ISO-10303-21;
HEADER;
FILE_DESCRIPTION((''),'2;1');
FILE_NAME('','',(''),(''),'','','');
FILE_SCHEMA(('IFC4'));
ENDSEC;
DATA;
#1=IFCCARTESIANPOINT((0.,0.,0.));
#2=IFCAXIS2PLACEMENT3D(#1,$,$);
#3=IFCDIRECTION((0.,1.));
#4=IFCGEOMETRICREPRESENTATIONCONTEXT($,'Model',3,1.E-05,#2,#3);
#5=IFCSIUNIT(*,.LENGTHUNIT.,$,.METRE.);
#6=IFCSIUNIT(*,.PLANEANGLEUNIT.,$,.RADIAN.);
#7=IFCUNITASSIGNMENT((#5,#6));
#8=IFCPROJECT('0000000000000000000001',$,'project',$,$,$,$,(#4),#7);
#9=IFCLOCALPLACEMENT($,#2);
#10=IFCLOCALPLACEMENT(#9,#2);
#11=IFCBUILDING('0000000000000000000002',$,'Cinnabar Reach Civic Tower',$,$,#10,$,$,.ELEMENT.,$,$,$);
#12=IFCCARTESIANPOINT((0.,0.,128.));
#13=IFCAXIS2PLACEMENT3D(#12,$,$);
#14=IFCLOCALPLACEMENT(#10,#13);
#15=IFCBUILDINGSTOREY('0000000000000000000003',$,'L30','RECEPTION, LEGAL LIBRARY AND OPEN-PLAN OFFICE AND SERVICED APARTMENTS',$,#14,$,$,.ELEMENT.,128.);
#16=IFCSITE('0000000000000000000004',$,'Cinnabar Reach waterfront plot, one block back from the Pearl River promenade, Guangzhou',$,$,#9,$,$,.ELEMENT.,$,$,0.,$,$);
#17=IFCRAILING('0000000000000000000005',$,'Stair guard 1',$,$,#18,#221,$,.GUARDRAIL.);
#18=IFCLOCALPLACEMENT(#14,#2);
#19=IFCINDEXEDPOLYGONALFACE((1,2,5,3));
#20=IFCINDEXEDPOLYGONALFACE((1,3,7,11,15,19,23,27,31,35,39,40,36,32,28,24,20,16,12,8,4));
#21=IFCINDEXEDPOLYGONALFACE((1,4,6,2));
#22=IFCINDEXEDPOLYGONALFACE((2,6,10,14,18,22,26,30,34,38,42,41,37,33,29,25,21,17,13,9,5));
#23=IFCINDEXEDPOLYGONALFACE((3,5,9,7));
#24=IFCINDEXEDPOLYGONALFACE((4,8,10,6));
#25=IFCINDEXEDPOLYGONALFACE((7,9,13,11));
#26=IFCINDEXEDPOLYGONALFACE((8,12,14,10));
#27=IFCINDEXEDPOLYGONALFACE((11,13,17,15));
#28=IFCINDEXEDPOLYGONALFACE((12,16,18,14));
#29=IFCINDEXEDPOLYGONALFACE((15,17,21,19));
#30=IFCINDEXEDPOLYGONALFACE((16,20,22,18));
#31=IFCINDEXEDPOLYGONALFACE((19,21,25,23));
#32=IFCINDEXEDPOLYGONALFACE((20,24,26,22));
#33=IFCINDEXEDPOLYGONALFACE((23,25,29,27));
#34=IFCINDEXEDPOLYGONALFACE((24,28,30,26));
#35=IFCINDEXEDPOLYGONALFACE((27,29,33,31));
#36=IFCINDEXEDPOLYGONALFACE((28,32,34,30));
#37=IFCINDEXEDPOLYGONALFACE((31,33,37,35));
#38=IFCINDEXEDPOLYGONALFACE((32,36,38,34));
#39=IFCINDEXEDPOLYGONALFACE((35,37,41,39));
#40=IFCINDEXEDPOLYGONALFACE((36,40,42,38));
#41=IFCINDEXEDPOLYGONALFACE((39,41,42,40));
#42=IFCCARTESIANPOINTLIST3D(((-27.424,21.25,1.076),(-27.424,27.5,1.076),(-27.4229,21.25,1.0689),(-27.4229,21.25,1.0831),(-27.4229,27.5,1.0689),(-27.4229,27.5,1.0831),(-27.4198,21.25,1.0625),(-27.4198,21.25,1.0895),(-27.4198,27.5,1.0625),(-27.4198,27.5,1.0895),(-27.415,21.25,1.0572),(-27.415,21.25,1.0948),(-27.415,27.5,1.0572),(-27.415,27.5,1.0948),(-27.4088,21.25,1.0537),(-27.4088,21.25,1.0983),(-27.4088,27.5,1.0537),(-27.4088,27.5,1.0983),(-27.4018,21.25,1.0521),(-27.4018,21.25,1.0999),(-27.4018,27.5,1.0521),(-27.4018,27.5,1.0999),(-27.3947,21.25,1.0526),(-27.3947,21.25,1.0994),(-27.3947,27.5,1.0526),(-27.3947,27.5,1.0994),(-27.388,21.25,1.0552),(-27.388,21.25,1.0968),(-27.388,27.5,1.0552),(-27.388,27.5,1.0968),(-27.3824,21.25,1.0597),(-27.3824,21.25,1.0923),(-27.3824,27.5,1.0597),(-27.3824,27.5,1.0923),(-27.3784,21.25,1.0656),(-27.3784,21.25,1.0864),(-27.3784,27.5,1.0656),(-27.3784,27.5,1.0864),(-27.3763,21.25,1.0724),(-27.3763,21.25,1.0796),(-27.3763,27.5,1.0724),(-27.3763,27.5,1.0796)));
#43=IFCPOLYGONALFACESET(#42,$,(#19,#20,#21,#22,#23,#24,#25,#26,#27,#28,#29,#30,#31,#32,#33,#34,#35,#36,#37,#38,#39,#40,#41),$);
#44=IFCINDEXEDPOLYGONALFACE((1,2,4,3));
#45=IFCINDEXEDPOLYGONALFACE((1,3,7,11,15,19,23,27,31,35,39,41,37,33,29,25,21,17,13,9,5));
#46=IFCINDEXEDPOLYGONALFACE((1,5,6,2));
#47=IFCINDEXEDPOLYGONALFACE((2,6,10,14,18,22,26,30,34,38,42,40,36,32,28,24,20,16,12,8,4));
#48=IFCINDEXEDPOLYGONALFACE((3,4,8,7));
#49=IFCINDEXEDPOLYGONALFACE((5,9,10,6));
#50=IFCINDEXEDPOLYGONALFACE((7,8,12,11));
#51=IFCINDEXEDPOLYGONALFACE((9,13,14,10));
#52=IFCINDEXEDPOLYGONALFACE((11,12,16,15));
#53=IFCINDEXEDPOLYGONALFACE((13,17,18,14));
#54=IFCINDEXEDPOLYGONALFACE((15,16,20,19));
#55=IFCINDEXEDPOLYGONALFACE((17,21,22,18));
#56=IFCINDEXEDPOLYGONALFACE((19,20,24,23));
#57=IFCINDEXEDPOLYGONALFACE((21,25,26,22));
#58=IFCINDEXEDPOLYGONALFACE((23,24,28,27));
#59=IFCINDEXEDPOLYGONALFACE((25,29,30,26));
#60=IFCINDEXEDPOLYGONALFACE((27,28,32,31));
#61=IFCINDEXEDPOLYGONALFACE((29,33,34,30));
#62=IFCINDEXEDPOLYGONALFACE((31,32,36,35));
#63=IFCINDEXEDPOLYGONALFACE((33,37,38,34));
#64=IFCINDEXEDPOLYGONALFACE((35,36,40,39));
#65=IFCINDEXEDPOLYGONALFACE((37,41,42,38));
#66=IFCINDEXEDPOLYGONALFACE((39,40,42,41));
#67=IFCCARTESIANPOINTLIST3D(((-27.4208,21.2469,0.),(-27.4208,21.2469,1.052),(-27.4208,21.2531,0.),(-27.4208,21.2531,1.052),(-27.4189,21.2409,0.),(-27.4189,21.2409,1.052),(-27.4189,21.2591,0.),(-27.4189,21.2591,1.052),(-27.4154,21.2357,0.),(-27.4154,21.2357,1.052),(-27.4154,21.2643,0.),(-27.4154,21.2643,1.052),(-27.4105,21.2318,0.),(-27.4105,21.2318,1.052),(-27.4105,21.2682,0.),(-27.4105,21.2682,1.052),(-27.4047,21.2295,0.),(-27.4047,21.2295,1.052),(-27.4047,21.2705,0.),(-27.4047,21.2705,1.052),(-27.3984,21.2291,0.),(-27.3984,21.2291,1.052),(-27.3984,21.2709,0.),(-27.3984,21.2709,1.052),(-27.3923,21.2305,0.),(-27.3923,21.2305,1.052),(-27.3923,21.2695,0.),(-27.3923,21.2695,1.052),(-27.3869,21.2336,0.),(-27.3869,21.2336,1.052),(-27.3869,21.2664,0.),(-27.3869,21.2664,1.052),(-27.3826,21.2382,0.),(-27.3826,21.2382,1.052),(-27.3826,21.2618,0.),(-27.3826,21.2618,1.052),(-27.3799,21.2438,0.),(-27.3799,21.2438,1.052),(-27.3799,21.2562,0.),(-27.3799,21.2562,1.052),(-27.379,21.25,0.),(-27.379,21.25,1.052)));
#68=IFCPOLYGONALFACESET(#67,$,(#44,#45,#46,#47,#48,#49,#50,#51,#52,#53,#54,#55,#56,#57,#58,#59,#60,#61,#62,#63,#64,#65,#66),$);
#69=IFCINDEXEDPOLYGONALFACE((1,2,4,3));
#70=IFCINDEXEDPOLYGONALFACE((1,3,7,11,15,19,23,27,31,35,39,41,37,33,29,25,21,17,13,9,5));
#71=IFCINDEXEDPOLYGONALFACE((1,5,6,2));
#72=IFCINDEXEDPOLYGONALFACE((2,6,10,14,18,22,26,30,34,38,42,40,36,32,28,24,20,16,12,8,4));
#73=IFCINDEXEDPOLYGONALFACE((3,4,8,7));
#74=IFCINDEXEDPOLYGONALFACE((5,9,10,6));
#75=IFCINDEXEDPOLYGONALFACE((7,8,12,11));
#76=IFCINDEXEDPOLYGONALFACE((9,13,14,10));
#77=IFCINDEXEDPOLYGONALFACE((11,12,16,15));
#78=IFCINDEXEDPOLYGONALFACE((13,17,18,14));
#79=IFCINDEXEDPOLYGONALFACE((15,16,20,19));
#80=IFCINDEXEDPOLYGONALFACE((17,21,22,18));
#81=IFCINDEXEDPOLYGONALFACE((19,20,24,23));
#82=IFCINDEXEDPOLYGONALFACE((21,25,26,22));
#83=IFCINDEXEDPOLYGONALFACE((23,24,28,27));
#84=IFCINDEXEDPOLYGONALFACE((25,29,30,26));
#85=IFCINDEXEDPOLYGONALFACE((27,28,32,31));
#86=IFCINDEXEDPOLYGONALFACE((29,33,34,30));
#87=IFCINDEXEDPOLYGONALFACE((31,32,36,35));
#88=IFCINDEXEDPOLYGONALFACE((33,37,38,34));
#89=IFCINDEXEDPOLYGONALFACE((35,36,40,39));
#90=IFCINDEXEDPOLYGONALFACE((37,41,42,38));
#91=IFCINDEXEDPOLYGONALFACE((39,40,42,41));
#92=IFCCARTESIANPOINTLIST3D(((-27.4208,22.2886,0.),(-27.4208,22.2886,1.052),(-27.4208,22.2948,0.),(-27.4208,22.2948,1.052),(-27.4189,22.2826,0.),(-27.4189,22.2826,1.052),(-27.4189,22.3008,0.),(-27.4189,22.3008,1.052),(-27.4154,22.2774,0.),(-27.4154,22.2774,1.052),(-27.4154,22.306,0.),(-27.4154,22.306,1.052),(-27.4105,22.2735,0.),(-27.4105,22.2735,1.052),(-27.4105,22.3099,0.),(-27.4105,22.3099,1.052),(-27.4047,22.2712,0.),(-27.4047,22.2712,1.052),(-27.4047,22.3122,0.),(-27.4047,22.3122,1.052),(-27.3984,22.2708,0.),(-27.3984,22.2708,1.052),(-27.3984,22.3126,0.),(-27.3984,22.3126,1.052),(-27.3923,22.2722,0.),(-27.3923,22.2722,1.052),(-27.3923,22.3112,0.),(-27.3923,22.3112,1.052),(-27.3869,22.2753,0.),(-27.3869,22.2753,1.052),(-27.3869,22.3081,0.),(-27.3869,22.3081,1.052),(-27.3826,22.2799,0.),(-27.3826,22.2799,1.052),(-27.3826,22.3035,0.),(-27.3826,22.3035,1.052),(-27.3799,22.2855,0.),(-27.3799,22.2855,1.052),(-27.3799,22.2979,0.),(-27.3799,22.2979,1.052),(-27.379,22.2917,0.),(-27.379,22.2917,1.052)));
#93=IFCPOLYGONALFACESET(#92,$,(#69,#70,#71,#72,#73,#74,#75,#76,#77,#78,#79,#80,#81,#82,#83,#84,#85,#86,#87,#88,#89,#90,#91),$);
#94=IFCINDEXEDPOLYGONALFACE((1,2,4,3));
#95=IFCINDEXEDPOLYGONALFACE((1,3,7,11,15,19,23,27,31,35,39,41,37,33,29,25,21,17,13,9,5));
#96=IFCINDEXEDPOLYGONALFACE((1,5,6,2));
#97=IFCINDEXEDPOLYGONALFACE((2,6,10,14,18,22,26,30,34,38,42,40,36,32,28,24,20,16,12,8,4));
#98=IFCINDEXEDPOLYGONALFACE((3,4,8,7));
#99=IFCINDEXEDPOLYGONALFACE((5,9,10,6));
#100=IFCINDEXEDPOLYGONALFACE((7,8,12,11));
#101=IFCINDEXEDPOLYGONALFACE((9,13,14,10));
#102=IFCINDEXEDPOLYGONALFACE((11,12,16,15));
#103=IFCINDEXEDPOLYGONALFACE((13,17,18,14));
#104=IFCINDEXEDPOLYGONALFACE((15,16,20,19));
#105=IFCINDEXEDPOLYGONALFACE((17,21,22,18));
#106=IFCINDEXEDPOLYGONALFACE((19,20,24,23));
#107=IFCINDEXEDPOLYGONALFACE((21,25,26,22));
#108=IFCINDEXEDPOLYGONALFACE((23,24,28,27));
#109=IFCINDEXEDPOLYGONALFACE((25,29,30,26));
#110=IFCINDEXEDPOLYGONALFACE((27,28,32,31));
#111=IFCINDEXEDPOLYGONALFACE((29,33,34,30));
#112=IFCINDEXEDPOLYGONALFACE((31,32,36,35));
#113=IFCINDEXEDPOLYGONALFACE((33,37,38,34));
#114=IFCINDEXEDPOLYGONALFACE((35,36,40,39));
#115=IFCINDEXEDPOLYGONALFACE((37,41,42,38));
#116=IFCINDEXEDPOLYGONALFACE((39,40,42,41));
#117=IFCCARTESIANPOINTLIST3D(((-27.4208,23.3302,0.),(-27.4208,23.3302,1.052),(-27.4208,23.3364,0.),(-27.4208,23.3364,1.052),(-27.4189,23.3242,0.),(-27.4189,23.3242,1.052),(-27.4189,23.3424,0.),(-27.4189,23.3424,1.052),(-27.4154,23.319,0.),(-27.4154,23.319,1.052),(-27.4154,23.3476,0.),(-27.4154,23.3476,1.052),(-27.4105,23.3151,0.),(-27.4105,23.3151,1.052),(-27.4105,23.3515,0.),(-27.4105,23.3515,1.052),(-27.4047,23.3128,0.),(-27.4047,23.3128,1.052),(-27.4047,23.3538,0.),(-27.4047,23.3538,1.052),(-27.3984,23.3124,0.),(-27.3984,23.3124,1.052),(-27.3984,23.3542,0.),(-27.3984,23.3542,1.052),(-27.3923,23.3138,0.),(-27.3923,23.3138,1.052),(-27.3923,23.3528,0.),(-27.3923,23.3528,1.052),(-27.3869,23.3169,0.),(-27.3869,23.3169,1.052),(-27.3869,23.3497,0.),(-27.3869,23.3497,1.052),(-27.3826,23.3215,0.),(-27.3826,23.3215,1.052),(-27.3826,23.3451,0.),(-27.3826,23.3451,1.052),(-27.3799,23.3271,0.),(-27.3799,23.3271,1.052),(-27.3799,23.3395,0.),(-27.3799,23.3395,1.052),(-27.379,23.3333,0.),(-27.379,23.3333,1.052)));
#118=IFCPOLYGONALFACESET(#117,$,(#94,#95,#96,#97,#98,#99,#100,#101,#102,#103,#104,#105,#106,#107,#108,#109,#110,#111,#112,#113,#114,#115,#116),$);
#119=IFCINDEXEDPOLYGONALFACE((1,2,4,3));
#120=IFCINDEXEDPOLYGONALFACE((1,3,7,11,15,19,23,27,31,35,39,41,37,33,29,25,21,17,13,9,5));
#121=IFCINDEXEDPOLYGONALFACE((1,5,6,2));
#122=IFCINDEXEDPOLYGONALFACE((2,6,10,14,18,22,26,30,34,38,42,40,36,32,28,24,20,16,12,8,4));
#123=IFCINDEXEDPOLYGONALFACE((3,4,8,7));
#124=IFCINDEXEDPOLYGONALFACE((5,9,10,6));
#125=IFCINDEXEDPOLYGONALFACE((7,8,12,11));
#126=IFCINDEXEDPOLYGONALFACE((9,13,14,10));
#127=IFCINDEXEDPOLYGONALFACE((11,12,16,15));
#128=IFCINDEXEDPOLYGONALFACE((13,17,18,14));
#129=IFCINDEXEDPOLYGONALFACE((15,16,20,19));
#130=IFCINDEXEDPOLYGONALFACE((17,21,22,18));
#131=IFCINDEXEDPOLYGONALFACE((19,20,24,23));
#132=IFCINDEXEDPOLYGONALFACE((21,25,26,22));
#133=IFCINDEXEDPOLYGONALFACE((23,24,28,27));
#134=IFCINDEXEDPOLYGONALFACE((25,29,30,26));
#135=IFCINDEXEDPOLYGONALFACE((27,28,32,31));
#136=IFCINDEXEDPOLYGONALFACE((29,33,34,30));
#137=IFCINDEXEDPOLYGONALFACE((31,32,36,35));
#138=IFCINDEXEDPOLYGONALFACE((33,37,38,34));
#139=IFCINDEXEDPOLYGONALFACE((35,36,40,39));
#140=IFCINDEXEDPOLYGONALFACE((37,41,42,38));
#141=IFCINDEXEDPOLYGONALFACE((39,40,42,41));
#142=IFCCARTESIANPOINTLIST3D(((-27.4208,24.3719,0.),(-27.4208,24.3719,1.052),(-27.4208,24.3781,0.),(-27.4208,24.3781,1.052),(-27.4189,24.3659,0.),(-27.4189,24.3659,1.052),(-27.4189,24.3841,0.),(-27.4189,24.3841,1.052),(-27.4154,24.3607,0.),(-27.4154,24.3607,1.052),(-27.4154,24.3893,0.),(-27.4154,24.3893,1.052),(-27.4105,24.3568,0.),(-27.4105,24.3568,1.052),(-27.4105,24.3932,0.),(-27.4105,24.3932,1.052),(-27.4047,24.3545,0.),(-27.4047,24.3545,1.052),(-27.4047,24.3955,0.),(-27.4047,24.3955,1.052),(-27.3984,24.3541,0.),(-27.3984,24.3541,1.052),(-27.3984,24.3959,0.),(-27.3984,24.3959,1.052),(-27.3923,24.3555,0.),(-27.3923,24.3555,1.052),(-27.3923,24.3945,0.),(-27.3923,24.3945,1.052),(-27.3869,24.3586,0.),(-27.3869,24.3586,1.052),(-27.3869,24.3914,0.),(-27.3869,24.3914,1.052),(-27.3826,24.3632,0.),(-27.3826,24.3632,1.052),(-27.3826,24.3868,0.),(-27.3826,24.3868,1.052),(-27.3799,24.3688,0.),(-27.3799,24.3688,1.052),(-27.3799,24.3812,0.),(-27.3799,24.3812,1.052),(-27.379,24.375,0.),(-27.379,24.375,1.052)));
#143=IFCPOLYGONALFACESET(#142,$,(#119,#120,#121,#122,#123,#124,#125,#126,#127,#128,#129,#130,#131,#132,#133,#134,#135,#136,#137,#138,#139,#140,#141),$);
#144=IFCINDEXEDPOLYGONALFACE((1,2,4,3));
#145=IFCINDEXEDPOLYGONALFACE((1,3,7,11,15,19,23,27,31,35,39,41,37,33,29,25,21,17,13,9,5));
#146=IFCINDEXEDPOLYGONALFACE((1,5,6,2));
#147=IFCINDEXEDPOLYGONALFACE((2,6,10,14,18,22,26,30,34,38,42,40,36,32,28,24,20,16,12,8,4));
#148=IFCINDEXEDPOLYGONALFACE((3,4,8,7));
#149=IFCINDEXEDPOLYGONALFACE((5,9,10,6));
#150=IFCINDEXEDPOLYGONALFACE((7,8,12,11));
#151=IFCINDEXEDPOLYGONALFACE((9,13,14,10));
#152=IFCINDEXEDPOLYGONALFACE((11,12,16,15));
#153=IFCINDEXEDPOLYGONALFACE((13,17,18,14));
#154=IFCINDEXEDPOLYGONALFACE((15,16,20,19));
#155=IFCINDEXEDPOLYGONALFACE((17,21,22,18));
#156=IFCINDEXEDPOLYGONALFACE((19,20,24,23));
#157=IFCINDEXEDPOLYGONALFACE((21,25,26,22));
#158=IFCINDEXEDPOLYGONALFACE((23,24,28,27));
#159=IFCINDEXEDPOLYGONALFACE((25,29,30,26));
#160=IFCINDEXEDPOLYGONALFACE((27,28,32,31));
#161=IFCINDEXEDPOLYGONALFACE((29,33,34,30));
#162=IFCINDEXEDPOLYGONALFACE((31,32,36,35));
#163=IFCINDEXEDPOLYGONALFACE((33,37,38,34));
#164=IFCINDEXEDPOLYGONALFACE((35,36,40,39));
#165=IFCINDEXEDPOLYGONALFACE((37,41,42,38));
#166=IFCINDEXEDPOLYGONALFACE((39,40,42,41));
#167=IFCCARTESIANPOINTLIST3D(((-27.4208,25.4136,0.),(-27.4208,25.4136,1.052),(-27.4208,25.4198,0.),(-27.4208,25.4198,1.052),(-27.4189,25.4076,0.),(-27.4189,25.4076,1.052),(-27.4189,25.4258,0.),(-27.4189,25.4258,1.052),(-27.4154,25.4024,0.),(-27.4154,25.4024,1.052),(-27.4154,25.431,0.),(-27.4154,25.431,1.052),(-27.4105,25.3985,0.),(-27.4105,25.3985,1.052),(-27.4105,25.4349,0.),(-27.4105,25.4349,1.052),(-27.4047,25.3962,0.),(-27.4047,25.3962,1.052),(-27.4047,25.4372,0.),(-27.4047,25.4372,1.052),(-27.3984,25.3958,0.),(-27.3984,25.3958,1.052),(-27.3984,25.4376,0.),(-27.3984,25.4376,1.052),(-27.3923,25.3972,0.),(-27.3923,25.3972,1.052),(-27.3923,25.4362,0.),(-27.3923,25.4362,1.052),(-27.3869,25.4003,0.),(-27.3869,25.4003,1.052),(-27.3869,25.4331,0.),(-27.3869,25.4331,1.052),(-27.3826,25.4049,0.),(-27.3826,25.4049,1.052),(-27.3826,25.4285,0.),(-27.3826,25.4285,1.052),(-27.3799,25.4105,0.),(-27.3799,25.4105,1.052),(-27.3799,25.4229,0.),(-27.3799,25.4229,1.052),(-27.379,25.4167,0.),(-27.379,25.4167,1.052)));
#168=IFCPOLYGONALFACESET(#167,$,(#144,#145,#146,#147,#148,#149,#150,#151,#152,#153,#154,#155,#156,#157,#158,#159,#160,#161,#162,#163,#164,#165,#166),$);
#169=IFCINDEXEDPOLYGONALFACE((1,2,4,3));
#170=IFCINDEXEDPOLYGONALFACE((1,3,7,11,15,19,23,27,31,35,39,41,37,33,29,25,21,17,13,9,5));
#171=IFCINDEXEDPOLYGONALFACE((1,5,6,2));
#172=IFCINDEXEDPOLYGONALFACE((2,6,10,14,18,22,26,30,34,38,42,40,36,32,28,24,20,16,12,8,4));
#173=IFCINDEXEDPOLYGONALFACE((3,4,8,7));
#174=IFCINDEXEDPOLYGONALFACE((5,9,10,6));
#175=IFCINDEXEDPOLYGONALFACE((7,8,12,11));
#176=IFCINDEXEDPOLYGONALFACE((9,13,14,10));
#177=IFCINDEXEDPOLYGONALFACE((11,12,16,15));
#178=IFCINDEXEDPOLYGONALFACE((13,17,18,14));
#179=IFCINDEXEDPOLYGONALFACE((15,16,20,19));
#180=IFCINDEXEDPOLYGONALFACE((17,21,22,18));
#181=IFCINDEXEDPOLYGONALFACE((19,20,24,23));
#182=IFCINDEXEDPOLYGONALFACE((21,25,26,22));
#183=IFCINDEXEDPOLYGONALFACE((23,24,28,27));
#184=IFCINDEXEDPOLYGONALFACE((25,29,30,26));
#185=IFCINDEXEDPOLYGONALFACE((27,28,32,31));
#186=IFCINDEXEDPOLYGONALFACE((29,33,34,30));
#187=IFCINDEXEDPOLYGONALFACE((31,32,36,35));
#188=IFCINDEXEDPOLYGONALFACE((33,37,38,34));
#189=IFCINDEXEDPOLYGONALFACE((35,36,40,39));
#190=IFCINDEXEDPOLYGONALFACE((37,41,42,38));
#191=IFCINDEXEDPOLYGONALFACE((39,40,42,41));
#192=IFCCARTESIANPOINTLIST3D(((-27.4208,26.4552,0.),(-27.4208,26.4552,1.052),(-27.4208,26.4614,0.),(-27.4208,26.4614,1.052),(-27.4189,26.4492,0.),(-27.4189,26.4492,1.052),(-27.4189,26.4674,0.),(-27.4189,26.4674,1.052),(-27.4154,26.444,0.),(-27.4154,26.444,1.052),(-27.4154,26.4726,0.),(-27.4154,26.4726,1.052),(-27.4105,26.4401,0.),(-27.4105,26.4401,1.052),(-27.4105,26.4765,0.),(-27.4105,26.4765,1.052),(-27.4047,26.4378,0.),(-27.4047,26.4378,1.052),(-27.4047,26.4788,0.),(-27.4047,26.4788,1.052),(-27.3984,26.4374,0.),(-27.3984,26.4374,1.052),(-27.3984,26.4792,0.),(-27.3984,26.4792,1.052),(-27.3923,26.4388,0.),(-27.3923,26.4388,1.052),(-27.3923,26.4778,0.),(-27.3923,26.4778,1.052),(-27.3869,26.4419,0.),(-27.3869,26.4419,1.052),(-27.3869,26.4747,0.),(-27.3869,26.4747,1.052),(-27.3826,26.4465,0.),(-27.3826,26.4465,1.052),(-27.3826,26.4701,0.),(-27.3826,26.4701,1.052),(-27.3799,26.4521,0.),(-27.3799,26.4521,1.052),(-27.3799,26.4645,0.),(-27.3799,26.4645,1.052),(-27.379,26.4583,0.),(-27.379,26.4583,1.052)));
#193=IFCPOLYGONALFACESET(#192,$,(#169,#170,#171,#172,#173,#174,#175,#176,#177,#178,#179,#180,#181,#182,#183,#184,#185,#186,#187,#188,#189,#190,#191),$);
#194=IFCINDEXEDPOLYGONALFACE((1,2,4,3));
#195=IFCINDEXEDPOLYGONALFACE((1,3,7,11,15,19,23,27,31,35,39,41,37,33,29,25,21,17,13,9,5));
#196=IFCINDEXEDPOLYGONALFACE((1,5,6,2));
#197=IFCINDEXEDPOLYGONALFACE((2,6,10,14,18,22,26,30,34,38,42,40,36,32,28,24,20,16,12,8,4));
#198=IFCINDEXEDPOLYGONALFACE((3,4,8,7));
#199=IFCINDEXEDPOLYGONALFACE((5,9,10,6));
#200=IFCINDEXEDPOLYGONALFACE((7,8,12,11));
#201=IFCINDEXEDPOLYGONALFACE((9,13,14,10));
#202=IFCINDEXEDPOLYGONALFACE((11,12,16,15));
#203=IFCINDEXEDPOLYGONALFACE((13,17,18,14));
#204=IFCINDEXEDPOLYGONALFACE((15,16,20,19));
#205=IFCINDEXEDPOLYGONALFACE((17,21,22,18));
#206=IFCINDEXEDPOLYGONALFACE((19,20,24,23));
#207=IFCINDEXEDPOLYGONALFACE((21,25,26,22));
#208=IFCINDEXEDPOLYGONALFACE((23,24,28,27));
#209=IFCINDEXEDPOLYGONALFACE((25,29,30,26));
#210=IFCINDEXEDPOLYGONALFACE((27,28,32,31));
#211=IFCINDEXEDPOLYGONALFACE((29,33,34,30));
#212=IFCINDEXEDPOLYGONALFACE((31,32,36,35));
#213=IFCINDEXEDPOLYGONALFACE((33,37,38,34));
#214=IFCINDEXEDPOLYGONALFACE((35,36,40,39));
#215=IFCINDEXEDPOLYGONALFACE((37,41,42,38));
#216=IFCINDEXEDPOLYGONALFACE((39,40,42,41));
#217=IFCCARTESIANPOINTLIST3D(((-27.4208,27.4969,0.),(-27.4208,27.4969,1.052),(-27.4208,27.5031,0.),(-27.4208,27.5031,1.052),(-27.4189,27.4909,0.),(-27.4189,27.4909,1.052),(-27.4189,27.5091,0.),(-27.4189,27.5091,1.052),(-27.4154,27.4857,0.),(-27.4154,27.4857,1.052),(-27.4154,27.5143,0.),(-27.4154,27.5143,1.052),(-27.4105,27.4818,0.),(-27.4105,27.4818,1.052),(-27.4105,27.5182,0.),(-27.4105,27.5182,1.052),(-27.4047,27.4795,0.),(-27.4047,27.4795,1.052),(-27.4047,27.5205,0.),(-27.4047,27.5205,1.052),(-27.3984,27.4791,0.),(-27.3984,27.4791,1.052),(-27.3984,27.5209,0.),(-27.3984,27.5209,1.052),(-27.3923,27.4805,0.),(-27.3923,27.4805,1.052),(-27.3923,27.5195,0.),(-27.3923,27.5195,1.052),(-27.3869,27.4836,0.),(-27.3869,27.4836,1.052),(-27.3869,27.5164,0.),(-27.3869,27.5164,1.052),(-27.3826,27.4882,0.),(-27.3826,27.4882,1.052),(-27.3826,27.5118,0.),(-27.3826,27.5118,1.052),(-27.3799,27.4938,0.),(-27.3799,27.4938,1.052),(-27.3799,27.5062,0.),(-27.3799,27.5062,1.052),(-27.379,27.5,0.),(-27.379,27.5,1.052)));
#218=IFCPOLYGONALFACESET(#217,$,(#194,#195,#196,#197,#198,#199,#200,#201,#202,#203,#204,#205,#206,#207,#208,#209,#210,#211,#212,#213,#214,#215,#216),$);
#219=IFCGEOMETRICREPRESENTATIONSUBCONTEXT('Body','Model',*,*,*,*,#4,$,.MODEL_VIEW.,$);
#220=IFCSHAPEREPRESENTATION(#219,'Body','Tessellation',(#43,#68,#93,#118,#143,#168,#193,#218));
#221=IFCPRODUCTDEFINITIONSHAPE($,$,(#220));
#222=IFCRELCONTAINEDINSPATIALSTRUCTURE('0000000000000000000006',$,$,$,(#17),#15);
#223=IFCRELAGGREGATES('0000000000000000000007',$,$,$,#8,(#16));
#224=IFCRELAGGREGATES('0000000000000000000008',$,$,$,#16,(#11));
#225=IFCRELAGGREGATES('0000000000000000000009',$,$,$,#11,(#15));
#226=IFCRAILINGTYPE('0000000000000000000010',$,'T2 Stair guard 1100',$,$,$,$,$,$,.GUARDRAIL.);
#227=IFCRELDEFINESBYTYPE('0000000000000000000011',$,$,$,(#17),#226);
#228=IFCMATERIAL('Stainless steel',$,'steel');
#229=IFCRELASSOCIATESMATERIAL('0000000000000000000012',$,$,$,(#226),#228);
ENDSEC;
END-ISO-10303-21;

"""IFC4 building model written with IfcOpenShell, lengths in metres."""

from ifc_helpers import new_model, si_unit, direction, frame, origin, origin_2d, place, context, subcontext, project, spatial, circle, extrude, material, type_object, element, save


model = new_model("IFC4")

# Units and contexts
model_context = context("Model", 3, precision=1e-05, world=origin(), true_north=direction((0.0, 1.0)))
body_context = subcontext(model_context, "Body", "Model", "MODEL_VIEW")
ifc_project = project(units=[si_unit("LENGTHUNIT", "METRE"), si_unit("PLANEANGLEUNIT", "RADIAN")], contexts=[model_context])

# Site, building, storey
site_placement = place(None, origin())
site = spatial("IfcSite", under=ifc_project, at=site_placement, Name="Cinnabar Reach waterfront plot, one block back from the Pearl River promenade, Guangzhou", CompositionType="ELEMENT", RefElevation=0.0)
building_placement = place(site_placement, origin())
building = spatial("IfcBuilding", under=site, at=building_placement, Name="Cinnabar Reach Civic Tower", CompositionType="ELEMENT")
storey_placement = place(building_placement, frame((0.0, 0.0, 128.0)))
storey = spatial("IfcBuildingStorey", under=building, at=storey_placement, Name="L30", Description="RECEPTION, LEGAL LIBRARY AND OPEN-PLAN OFFICE AND SERVICED APARTMENTS", CompositionType="ELEMENT", Elevation=128.0)

# Railing
ifc_material_1 = material(Name="Stainless steel", Category="steel")
railing_type = type_object("IfcRailingType", Name="T2 Stair guard 1100", PredefinedType="GUARDRAIL", material=ifc_material_1)
railing_1_placement = place(storey_placement, frame((-27.4, 21.25, 0.0)))
element("IfcRailing", 1, at=railing_1_placement, inside=storey, type_object=railing_type, Name="Stair guard 1", PredefinedType="GUARDRAIL", context=body_context, shape_type="SweptSolid", body=[
    extrude(circle(Radius=0.024, at=origin_2d()), frame((0.0, 0.0, 1.076), z_axis=(0.0, 1.0, 0.0), x_axis=(-1.0, 0.0, 0.0)), (0.0, 0.0, 1.0), 6.25),
    extrude(circle(Radius=0.021, at=origin_2d()), origin(), (0.0, 0.0, 1.0), 1.052),
    extrude(circle(Radius=0.021, at=origin_2d()), frame((0.0, 1.0417, 0.0)), (0.0, 0.0, 1.0), 1.052),
    extrude(circle(Radius=0.021, at=origin_2d()), frame((0.0, 2.0833, 0.0)), (0.0, 0.0, 1.0), 1.052),
    extrude(circle(Radius=0.021, at=origin_2d()), frame((0.0, 3.125, 0.0)), (0.0, 0.0, 1.0), 1.052),
    extrude(circle(Radius=0.021, at=origin_2d()), frame((0.0, 4.1667, 0.0)), (0.0, 0.0, 1.0), 1.052),
    extrude(circle(Radius=0.021, at=origin_2d()), frame((0.0, 5.2083, 0.0)), (0.0, 0.0, 1.0), 1.052),
    extrude(circle(Radius=0.021, at=origin_2d()), frame((0.0, 6.25, 0.0)), (0.0, 0.0, 1.0), 1.052),
])

save(model, "model.ifc")
